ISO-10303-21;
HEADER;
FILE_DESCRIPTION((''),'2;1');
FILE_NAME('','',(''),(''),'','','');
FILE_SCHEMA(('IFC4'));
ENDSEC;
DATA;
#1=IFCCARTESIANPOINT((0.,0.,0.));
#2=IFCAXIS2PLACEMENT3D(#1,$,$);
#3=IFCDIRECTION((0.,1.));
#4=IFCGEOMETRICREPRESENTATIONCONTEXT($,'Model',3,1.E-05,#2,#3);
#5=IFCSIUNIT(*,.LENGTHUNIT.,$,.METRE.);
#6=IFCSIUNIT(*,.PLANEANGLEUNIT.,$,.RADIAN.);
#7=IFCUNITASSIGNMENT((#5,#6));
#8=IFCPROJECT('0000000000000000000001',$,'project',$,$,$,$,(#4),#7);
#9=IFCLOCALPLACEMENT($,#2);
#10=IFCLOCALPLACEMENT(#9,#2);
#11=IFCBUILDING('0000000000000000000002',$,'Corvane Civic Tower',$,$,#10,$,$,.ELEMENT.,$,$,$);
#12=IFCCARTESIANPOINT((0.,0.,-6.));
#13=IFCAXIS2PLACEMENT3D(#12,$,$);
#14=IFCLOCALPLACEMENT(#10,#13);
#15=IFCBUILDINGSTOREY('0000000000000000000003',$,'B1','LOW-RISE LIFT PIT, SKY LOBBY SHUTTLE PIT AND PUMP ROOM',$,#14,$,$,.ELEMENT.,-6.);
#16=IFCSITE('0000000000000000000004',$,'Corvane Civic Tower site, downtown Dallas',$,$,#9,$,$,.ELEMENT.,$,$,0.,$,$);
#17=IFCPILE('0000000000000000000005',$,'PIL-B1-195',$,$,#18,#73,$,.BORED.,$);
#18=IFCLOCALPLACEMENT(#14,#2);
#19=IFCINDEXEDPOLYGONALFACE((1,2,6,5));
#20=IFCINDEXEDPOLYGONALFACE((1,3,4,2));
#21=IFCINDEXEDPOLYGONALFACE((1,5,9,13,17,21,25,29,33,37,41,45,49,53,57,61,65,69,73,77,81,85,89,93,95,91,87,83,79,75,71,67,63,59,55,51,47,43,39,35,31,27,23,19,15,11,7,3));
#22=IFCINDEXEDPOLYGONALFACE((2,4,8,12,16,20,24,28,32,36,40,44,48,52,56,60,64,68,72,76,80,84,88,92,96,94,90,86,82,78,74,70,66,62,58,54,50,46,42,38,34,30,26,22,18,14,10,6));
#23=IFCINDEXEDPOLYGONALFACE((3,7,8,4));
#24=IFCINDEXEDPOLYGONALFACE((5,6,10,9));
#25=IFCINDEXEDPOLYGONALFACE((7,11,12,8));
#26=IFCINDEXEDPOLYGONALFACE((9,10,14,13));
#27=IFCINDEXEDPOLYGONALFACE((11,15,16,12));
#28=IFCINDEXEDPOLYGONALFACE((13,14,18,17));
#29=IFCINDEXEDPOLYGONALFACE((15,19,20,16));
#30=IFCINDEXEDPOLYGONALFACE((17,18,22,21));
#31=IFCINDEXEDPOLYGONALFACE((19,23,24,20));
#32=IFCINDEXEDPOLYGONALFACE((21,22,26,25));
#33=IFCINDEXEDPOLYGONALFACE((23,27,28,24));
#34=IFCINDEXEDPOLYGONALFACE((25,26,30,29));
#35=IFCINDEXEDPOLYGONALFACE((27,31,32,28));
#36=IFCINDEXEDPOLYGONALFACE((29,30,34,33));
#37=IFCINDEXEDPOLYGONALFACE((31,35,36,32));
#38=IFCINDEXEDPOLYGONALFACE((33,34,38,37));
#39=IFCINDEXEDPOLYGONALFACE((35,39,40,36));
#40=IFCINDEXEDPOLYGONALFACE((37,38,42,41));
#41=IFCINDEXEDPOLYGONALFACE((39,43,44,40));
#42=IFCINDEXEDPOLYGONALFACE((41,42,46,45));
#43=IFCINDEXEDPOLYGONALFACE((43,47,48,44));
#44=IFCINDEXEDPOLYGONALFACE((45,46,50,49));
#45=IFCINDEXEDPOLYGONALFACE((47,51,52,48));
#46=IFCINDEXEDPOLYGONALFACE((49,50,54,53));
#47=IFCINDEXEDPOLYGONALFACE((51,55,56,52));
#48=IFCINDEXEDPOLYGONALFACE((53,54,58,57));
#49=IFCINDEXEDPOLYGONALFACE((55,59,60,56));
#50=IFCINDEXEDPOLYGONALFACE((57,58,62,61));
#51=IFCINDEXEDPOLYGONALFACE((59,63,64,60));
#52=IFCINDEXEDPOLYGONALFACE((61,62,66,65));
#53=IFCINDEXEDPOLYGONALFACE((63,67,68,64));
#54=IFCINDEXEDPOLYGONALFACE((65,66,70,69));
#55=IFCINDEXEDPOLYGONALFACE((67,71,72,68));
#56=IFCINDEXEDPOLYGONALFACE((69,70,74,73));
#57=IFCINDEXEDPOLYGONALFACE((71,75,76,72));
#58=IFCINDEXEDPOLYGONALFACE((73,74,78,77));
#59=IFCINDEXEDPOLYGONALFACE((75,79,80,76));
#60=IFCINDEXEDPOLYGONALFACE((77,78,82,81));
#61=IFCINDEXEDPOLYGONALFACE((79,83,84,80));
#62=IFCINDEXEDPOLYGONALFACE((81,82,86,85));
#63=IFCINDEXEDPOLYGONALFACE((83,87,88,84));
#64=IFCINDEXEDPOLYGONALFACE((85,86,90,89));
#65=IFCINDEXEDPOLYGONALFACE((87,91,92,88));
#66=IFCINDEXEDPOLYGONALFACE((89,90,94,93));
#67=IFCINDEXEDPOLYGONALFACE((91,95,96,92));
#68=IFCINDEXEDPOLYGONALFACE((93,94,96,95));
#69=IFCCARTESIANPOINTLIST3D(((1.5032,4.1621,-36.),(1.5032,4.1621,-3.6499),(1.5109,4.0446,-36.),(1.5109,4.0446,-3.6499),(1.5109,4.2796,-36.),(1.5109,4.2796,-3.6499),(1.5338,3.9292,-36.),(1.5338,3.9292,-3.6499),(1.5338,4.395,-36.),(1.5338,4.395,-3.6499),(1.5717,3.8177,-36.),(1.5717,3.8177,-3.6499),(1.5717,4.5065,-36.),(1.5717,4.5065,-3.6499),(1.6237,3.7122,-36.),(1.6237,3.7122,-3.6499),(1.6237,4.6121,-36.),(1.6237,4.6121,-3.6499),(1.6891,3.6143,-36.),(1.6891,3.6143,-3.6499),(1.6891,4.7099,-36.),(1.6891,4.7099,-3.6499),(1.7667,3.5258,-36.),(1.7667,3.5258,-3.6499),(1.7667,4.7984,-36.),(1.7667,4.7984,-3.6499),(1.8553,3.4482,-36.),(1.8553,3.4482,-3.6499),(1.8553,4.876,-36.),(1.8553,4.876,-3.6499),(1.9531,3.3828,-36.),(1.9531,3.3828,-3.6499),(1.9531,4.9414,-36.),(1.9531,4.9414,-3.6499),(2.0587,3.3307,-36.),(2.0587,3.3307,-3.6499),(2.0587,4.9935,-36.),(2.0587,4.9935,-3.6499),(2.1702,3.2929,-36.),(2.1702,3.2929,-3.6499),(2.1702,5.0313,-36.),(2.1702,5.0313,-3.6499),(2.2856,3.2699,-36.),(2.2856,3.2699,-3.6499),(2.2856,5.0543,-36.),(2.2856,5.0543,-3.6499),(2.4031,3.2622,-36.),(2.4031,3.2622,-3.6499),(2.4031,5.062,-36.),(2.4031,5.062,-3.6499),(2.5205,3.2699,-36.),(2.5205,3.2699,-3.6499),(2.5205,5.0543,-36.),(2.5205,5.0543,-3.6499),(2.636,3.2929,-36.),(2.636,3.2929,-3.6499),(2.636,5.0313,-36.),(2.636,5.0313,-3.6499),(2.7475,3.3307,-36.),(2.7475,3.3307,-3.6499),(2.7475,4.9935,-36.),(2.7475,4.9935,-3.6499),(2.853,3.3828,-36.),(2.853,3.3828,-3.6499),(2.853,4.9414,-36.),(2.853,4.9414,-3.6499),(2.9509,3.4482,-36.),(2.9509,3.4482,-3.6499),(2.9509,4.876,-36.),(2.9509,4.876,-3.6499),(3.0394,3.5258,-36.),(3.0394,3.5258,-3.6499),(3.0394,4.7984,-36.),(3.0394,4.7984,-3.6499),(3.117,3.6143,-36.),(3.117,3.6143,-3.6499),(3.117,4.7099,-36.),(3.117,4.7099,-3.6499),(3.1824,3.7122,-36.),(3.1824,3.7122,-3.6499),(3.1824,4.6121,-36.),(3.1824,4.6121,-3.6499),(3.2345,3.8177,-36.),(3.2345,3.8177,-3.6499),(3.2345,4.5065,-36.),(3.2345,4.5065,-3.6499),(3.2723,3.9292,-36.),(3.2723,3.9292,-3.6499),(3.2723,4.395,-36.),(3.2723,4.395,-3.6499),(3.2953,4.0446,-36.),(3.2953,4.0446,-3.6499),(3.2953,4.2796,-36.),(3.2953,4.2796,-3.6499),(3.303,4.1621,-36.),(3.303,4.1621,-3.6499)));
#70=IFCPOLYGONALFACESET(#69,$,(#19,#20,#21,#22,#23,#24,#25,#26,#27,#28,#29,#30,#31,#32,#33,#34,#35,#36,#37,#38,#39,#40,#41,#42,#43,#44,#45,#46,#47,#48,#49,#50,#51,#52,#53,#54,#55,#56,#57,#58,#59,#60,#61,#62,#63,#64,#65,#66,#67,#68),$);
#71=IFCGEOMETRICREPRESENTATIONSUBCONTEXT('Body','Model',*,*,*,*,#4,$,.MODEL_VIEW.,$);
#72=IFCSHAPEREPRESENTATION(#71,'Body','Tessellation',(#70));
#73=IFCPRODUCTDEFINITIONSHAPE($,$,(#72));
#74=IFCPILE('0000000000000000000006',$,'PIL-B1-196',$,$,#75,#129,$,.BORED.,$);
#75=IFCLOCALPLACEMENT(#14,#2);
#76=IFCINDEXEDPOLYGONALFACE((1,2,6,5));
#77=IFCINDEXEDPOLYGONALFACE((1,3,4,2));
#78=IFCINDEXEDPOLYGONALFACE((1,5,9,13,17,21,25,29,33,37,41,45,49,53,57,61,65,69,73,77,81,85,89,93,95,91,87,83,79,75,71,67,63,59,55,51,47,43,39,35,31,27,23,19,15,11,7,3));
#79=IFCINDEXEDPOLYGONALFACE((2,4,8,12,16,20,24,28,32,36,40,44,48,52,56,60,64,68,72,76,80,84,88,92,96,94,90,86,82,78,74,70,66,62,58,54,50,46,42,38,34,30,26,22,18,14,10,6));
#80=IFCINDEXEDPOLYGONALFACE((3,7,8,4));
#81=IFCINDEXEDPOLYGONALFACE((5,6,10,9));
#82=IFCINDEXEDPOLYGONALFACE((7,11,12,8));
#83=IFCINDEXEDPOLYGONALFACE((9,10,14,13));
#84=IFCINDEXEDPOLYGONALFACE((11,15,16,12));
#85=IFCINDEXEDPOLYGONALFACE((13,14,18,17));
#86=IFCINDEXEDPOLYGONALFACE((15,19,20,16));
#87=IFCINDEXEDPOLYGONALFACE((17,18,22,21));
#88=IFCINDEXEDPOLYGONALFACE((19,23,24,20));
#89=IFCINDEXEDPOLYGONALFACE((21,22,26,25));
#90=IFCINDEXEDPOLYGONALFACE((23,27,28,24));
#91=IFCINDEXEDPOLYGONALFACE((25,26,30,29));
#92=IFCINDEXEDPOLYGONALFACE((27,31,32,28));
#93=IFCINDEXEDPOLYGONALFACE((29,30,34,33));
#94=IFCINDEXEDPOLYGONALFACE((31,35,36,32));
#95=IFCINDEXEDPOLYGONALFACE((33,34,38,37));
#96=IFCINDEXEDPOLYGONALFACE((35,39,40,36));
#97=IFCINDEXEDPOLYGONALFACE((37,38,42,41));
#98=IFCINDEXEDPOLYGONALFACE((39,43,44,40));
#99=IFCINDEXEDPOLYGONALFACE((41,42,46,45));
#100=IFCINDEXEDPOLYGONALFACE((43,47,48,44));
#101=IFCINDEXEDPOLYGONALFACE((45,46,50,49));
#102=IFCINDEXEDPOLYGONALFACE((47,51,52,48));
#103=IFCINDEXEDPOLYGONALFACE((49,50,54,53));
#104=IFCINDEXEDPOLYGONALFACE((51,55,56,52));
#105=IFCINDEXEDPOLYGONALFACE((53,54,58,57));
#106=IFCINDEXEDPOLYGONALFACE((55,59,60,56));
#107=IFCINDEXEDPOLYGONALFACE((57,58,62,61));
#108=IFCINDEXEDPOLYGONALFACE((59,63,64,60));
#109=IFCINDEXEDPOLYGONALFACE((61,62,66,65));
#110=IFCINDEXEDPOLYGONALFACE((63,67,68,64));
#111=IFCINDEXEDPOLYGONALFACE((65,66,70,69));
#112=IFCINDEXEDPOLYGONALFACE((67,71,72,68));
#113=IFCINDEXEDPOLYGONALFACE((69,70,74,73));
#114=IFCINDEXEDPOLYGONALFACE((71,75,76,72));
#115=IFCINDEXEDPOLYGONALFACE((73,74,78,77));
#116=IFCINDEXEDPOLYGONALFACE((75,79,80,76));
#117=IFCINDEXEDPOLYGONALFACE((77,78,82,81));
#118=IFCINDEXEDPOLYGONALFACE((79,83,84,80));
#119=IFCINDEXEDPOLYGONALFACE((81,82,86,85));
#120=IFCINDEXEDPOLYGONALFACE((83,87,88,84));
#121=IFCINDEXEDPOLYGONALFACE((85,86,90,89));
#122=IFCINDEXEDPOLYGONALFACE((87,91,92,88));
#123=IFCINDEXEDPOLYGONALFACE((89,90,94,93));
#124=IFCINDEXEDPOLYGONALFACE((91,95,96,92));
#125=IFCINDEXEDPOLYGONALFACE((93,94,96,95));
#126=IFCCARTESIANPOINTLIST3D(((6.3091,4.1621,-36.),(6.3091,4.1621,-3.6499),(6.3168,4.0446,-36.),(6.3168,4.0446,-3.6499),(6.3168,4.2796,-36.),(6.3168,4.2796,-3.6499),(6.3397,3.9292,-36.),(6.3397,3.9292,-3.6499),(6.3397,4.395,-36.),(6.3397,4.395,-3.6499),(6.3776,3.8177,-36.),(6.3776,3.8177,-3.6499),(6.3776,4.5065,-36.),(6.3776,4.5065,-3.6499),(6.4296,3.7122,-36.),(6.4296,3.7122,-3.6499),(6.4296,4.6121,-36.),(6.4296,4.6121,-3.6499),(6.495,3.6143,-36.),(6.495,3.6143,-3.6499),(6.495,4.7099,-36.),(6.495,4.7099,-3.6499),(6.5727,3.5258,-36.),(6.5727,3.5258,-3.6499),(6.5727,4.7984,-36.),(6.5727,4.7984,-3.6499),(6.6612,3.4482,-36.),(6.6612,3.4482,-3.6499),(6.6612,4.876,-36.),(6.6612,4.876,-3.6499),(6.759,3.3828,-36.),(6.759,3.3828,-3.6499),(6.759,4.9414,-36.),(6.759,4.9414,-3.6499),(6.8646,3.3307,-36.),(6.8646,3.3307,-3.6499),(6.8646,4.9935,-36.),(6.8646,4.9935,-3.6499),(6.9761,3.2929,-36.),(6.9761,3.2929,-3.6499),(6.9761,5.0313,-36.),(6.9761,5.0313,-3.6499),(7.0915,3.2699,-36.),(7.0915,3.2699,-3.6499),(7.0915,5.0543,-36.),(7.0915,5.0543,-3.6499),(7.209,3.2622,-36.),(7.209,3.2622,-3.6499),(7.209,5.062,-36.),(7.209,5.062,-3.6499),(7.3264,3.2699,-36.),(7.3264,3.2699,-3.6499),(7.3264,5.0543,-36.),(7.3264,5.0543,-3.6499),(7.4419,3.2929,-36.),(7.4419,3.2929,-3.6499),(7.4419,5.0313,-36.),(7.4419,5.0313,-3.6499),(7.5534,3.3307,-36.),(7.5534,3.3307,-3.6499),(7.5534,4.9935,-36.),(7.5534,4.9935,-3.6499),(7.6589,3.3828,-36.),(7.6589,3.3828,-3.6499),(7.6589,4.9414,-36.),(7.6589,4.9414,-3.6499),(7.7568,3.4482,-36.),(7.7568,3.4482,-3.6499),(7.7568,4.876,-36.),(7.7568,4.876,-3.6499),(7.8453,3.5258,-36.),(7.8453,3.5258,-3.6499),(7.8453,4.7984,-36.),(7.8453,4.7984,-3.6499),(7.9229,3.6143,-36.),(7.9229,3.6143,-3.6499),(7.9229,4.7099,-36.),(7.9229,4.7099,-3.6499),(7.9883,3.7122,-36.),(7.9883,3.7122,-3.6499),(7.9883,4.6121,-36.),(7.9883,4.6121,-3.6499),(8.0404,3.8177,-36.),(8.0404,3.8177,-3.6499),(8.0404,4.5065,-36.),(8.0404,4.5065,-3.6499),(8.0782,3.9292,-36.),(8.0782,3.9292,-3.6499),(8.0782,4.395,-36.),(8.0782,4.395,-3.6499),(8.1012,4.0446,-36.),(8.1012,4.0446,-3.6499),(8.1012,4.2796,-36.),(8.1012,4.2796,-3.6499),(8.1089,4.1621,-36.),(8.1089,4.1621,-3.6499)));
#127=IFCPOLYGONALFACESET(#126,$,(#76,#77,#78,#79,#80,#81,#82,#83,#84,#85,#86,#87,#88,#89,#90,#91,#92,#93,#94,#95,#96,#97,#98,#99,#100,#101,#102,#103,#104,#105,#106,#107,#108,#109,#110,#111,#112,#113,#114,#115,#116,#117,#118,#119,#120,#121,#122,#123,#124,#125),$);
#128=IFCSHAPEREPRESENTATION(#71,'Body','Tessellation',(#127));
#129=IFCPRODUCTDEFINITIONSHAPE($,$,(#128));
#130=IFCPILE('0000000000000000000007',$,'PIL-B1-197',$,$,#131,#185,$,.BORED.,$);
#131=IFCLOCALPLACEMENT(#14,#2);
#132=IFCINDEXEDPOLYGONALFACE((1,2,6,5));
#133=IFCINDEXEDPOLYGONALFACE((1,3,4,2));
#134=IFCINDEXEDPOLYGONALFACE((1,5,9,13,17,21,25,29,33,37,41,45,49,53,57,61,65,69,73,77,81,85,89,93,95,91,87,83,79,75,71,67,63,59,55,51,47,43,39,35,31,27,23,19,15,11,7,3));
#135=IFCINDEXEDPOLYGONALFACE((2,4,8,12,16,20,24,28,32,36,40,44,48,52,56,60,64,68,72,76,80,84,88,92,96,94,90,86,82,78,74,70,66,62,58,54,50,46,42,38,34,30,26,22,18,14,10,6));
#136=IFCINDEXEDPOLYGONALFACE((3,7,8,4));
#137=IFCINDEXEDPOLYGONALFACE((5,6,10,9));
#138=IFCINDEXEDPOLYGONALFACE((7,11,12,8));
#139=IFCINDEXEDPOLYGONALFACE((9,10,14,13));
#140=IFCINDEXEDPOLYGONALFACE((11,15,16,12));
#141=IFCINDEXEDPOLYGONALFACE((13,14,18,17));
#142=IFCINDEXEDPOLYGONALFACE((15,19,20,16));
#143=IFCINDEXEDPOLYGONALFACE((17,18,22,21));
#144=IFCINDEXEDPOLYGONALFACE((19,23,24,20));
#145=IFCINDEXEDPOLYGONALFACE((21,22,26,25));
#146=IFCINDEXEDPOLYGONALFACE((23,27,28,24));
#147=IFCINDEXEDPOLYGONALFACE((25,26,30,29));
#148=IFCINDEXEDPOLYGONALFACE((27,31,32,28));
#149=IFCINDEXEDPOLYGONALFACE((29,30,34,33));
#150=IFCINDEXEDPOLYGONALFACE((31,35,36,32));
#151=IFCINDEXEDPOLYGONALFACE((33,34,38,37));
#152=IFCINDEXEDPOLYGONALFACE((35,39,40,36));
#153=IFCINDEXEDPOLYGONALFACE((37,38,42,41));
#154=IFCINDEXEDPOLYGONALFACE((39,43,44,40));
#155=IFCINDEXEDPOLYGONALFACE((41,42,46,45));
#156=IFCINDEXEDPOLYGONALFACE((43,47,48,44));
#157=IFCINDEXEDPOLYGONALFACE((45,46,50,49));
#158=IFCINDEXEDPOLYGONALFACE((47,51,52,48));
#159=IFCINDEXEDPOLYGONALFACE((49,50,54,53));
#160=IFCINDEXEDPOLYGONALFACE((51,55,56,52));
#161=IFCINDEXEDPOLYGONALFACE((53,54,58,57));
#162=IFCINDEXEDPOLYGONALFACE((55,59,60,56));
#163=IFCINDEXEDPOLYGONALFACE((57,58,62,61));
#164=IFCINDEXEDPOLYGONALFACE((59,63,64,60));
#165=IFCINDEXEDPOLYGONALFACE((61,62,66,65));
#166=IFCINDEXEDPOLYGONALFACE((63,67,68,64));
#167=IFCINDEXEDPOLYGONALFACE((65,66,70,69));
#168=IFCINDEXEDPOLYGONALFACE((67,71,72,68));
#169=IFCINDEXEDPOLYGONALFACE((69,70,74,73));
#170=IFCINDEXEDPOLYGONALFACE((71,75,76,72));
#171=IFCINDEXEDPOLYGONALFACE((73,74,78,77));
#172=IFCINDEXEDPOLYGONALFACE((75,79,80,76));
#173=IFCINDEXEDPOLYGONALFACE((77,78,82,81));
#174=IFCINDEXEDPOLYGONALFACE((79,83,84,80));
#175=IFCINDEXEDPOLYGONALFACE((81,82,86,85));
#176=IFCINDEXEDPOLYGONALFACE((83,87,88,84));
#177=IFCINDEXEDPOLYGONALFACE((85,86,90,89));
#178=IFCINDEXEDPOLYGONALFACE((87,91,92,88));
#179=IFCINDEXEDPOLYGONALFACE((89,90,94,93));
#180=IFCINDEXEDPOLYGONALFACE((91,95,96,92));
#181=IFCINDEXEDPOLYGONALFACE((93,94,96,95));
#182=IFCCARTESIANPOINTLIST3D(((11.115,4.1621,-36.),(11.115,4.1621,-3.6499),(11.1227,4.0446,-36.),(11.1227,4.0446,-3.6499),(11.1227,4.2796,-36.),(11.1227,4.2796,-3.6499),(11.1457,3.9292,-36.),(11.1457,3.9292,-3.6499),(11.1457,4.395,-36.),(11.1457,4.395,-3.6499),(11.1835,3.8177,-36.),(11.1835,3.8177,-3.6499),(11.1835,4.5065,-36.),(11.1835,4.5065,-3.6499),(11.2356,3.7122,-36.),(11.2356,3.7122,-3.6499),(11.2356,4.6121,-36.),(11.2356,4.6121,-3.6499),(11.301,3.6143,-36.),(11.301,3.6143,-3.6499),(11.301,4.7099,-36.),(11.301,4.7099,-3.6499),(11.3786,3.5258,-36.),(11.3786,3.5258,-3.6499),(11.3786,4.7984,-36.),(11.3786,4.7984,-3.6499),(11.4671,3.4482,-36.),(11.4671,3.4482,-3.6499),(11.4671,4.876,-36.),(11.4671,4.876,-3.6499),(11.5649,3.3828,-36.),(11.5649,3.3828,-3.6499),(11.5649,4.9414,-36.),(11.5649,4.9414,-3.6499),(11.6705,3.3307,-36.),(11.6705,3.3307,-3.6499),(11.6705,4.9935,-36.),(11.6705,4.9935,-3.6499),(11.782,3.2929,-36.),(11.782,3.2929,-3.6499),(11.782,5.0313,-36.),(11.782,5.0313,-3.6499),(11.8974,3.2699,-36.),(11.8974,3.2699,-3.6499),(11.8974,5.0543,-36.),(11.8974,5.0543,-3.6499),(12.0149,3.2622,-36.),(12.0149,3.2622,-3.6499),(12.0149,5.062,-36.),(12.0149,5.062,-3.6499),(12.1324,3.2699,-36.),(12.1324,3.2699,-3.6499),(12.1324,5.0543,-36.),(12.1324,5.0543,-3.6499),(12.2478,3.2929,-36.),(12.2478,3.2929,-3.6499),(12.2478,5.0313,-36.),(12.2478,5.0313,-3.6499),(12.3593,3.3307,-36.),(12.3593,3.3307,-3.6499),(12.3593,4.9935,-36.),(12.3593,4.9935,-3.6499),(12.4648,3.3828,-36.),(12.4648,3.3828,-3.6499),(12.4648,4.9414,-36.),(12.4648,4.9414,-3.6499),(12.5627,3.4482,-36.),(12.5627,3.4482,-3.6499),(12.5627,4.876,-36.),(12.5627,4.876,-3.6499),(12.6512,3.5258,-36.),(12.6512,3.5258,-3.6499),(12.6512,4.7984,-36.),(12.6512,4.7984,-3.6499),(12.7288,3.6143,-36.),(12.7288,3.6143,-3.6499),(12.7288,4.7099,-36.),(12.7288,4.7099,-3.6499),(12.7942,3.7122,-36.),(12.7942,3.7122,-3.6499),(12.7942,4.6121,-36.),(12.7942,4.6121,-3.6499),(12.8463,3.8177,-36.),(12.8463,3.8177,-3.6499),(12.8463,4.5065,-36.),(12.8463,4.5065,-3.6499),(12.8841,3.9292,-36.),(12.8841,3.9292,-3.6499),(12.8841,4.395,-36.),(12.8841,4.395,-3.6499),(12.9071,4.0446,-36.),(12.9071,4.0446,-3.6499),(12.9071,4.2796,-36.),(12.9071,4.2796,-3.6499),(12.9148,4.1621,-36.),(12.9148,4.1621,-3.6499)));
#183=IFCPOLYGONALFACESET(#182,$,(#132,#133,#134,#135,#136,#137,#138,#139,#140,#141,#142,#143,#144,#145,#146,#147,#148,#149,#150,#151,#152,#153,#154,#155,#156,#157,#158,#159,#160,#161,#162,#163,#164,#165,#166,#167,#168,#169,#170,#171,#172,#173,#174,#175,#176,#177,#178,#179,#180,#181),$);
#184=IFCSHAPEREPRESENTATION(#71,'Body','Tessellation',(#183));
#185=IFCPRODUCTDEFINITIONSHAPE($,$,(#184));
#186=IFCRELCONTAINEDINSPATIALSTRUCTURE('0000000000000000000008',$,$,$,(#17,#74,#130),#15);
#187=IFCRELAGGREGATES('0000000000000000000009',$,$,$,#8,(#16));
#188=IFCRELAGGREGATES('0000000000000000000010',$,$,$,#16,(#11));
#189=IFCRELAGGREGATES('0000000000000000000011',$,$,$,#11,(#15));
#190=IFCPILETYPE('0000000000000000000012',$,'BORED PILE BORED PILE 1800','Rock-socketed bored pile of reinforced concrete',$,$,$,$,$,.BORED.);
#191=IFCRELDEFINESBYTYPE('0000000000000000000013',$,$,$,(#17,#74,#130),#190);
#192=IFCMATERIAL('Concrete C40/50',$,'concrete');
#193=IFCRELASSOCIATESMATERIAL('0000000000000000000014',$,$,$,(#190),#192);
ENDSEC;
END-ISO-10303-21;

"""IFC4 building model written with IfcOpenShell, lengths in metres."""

from ifc_helpers import new_model, si_unit, direction, frame, origin, origin_2d, place, context, subcontext, project, spatial, circle, extrude, material, material_profile, profile_set, type_object, element, save


model = new_model("IFC4")

# Units and contexts
model_context = context("Model", 3, precision=1e-05, world=origin(), true_north=direction((0.0, 1.0)))
body_context = subcontext(model_context, "Body", "Model", "MODEL_VIEW")
ifc_project = project(units=[si_unit("LENGTHUNIT", "METRE"), si_unit("PLANEANGLEUNIT", "RADIAN")], contexts=[model_context])

# Site, building, storey
site_placement = place(None, origin())
site = spatial("IfcSite", under=ifc_project, at=site_placement, Name="Corvane Civic Tower site, downtown Dallas", CompositionType="ELEMENT", RefElevation=0.0)
building_placement = place(site_placement, origin())
building = spatial("IfcBuilding", under=site, at=building_placement, Name="Corvane Civic Tower", CompositionType="ELEMENT")
storey_placement = place(building_placement, frame((0.0, 0.0, -6.0)))
storey = spatial("IfcBuildingStorey", under=building, at=storey_placement, Name="B1", Description="LOW-RISE LIFT PIT, SKY LOBBY SHUTTLE PIT AND PUMP ROOM", CompositionType="ELEMENT", Elevation=-6.0)

# Piles
ifc_material_1 = material(Name="Concrete C40/50", Category="concrete")
ifc_material_profile = material_profile(ifc_material_1, circle(Radius=0.8999, at=origin_2d()), Name="BORED PILE 1800")
ifc_profile_set = profile_set([ifc_material_profile], Name="Concrete C40/50")
pile_type = type_object("IfcPileType", Name="BORED PILE BORED PILE 1800", Description="Rock-socketed bored pile of reinforced concrete", PredefinedType="BORED", material=ifc_profile_set)
for number, where, z_axis, x_axis, name in (
    (1, (2.4031, 4.1621, -3.6499), (0.0, 0.0, -1.0), (1.0, 0.0, 0.0), "PIL-B1-195"),
    (2, (7.209, 4.1621, -3.6499), (0.0, 0.0, -1.0), (1.0, 0.0, 0.0), "PIL-B1-196"),
    (3, (12.0149, 4.1621, -3.6499), (0.0, 0.0, -1.0), (1.0, 0.0, 0.0), "PIL-B1-197"),
):
    element("IfcPile", number, at=place(storey_placement, frame(where, z_axis=z_axis, x_axis=x_axis)), inside=storey, type_object=pile_type, Name=name, PredefinedType="BORED", context=body_context, shape_type="SweptSolid", body=[
        extrude(circle(Radius=0.8999, at=origin_2d()), origin(), (0.0, 0.0, 1.0), 32.3501),
    ])

save(model, "model.ifc")
